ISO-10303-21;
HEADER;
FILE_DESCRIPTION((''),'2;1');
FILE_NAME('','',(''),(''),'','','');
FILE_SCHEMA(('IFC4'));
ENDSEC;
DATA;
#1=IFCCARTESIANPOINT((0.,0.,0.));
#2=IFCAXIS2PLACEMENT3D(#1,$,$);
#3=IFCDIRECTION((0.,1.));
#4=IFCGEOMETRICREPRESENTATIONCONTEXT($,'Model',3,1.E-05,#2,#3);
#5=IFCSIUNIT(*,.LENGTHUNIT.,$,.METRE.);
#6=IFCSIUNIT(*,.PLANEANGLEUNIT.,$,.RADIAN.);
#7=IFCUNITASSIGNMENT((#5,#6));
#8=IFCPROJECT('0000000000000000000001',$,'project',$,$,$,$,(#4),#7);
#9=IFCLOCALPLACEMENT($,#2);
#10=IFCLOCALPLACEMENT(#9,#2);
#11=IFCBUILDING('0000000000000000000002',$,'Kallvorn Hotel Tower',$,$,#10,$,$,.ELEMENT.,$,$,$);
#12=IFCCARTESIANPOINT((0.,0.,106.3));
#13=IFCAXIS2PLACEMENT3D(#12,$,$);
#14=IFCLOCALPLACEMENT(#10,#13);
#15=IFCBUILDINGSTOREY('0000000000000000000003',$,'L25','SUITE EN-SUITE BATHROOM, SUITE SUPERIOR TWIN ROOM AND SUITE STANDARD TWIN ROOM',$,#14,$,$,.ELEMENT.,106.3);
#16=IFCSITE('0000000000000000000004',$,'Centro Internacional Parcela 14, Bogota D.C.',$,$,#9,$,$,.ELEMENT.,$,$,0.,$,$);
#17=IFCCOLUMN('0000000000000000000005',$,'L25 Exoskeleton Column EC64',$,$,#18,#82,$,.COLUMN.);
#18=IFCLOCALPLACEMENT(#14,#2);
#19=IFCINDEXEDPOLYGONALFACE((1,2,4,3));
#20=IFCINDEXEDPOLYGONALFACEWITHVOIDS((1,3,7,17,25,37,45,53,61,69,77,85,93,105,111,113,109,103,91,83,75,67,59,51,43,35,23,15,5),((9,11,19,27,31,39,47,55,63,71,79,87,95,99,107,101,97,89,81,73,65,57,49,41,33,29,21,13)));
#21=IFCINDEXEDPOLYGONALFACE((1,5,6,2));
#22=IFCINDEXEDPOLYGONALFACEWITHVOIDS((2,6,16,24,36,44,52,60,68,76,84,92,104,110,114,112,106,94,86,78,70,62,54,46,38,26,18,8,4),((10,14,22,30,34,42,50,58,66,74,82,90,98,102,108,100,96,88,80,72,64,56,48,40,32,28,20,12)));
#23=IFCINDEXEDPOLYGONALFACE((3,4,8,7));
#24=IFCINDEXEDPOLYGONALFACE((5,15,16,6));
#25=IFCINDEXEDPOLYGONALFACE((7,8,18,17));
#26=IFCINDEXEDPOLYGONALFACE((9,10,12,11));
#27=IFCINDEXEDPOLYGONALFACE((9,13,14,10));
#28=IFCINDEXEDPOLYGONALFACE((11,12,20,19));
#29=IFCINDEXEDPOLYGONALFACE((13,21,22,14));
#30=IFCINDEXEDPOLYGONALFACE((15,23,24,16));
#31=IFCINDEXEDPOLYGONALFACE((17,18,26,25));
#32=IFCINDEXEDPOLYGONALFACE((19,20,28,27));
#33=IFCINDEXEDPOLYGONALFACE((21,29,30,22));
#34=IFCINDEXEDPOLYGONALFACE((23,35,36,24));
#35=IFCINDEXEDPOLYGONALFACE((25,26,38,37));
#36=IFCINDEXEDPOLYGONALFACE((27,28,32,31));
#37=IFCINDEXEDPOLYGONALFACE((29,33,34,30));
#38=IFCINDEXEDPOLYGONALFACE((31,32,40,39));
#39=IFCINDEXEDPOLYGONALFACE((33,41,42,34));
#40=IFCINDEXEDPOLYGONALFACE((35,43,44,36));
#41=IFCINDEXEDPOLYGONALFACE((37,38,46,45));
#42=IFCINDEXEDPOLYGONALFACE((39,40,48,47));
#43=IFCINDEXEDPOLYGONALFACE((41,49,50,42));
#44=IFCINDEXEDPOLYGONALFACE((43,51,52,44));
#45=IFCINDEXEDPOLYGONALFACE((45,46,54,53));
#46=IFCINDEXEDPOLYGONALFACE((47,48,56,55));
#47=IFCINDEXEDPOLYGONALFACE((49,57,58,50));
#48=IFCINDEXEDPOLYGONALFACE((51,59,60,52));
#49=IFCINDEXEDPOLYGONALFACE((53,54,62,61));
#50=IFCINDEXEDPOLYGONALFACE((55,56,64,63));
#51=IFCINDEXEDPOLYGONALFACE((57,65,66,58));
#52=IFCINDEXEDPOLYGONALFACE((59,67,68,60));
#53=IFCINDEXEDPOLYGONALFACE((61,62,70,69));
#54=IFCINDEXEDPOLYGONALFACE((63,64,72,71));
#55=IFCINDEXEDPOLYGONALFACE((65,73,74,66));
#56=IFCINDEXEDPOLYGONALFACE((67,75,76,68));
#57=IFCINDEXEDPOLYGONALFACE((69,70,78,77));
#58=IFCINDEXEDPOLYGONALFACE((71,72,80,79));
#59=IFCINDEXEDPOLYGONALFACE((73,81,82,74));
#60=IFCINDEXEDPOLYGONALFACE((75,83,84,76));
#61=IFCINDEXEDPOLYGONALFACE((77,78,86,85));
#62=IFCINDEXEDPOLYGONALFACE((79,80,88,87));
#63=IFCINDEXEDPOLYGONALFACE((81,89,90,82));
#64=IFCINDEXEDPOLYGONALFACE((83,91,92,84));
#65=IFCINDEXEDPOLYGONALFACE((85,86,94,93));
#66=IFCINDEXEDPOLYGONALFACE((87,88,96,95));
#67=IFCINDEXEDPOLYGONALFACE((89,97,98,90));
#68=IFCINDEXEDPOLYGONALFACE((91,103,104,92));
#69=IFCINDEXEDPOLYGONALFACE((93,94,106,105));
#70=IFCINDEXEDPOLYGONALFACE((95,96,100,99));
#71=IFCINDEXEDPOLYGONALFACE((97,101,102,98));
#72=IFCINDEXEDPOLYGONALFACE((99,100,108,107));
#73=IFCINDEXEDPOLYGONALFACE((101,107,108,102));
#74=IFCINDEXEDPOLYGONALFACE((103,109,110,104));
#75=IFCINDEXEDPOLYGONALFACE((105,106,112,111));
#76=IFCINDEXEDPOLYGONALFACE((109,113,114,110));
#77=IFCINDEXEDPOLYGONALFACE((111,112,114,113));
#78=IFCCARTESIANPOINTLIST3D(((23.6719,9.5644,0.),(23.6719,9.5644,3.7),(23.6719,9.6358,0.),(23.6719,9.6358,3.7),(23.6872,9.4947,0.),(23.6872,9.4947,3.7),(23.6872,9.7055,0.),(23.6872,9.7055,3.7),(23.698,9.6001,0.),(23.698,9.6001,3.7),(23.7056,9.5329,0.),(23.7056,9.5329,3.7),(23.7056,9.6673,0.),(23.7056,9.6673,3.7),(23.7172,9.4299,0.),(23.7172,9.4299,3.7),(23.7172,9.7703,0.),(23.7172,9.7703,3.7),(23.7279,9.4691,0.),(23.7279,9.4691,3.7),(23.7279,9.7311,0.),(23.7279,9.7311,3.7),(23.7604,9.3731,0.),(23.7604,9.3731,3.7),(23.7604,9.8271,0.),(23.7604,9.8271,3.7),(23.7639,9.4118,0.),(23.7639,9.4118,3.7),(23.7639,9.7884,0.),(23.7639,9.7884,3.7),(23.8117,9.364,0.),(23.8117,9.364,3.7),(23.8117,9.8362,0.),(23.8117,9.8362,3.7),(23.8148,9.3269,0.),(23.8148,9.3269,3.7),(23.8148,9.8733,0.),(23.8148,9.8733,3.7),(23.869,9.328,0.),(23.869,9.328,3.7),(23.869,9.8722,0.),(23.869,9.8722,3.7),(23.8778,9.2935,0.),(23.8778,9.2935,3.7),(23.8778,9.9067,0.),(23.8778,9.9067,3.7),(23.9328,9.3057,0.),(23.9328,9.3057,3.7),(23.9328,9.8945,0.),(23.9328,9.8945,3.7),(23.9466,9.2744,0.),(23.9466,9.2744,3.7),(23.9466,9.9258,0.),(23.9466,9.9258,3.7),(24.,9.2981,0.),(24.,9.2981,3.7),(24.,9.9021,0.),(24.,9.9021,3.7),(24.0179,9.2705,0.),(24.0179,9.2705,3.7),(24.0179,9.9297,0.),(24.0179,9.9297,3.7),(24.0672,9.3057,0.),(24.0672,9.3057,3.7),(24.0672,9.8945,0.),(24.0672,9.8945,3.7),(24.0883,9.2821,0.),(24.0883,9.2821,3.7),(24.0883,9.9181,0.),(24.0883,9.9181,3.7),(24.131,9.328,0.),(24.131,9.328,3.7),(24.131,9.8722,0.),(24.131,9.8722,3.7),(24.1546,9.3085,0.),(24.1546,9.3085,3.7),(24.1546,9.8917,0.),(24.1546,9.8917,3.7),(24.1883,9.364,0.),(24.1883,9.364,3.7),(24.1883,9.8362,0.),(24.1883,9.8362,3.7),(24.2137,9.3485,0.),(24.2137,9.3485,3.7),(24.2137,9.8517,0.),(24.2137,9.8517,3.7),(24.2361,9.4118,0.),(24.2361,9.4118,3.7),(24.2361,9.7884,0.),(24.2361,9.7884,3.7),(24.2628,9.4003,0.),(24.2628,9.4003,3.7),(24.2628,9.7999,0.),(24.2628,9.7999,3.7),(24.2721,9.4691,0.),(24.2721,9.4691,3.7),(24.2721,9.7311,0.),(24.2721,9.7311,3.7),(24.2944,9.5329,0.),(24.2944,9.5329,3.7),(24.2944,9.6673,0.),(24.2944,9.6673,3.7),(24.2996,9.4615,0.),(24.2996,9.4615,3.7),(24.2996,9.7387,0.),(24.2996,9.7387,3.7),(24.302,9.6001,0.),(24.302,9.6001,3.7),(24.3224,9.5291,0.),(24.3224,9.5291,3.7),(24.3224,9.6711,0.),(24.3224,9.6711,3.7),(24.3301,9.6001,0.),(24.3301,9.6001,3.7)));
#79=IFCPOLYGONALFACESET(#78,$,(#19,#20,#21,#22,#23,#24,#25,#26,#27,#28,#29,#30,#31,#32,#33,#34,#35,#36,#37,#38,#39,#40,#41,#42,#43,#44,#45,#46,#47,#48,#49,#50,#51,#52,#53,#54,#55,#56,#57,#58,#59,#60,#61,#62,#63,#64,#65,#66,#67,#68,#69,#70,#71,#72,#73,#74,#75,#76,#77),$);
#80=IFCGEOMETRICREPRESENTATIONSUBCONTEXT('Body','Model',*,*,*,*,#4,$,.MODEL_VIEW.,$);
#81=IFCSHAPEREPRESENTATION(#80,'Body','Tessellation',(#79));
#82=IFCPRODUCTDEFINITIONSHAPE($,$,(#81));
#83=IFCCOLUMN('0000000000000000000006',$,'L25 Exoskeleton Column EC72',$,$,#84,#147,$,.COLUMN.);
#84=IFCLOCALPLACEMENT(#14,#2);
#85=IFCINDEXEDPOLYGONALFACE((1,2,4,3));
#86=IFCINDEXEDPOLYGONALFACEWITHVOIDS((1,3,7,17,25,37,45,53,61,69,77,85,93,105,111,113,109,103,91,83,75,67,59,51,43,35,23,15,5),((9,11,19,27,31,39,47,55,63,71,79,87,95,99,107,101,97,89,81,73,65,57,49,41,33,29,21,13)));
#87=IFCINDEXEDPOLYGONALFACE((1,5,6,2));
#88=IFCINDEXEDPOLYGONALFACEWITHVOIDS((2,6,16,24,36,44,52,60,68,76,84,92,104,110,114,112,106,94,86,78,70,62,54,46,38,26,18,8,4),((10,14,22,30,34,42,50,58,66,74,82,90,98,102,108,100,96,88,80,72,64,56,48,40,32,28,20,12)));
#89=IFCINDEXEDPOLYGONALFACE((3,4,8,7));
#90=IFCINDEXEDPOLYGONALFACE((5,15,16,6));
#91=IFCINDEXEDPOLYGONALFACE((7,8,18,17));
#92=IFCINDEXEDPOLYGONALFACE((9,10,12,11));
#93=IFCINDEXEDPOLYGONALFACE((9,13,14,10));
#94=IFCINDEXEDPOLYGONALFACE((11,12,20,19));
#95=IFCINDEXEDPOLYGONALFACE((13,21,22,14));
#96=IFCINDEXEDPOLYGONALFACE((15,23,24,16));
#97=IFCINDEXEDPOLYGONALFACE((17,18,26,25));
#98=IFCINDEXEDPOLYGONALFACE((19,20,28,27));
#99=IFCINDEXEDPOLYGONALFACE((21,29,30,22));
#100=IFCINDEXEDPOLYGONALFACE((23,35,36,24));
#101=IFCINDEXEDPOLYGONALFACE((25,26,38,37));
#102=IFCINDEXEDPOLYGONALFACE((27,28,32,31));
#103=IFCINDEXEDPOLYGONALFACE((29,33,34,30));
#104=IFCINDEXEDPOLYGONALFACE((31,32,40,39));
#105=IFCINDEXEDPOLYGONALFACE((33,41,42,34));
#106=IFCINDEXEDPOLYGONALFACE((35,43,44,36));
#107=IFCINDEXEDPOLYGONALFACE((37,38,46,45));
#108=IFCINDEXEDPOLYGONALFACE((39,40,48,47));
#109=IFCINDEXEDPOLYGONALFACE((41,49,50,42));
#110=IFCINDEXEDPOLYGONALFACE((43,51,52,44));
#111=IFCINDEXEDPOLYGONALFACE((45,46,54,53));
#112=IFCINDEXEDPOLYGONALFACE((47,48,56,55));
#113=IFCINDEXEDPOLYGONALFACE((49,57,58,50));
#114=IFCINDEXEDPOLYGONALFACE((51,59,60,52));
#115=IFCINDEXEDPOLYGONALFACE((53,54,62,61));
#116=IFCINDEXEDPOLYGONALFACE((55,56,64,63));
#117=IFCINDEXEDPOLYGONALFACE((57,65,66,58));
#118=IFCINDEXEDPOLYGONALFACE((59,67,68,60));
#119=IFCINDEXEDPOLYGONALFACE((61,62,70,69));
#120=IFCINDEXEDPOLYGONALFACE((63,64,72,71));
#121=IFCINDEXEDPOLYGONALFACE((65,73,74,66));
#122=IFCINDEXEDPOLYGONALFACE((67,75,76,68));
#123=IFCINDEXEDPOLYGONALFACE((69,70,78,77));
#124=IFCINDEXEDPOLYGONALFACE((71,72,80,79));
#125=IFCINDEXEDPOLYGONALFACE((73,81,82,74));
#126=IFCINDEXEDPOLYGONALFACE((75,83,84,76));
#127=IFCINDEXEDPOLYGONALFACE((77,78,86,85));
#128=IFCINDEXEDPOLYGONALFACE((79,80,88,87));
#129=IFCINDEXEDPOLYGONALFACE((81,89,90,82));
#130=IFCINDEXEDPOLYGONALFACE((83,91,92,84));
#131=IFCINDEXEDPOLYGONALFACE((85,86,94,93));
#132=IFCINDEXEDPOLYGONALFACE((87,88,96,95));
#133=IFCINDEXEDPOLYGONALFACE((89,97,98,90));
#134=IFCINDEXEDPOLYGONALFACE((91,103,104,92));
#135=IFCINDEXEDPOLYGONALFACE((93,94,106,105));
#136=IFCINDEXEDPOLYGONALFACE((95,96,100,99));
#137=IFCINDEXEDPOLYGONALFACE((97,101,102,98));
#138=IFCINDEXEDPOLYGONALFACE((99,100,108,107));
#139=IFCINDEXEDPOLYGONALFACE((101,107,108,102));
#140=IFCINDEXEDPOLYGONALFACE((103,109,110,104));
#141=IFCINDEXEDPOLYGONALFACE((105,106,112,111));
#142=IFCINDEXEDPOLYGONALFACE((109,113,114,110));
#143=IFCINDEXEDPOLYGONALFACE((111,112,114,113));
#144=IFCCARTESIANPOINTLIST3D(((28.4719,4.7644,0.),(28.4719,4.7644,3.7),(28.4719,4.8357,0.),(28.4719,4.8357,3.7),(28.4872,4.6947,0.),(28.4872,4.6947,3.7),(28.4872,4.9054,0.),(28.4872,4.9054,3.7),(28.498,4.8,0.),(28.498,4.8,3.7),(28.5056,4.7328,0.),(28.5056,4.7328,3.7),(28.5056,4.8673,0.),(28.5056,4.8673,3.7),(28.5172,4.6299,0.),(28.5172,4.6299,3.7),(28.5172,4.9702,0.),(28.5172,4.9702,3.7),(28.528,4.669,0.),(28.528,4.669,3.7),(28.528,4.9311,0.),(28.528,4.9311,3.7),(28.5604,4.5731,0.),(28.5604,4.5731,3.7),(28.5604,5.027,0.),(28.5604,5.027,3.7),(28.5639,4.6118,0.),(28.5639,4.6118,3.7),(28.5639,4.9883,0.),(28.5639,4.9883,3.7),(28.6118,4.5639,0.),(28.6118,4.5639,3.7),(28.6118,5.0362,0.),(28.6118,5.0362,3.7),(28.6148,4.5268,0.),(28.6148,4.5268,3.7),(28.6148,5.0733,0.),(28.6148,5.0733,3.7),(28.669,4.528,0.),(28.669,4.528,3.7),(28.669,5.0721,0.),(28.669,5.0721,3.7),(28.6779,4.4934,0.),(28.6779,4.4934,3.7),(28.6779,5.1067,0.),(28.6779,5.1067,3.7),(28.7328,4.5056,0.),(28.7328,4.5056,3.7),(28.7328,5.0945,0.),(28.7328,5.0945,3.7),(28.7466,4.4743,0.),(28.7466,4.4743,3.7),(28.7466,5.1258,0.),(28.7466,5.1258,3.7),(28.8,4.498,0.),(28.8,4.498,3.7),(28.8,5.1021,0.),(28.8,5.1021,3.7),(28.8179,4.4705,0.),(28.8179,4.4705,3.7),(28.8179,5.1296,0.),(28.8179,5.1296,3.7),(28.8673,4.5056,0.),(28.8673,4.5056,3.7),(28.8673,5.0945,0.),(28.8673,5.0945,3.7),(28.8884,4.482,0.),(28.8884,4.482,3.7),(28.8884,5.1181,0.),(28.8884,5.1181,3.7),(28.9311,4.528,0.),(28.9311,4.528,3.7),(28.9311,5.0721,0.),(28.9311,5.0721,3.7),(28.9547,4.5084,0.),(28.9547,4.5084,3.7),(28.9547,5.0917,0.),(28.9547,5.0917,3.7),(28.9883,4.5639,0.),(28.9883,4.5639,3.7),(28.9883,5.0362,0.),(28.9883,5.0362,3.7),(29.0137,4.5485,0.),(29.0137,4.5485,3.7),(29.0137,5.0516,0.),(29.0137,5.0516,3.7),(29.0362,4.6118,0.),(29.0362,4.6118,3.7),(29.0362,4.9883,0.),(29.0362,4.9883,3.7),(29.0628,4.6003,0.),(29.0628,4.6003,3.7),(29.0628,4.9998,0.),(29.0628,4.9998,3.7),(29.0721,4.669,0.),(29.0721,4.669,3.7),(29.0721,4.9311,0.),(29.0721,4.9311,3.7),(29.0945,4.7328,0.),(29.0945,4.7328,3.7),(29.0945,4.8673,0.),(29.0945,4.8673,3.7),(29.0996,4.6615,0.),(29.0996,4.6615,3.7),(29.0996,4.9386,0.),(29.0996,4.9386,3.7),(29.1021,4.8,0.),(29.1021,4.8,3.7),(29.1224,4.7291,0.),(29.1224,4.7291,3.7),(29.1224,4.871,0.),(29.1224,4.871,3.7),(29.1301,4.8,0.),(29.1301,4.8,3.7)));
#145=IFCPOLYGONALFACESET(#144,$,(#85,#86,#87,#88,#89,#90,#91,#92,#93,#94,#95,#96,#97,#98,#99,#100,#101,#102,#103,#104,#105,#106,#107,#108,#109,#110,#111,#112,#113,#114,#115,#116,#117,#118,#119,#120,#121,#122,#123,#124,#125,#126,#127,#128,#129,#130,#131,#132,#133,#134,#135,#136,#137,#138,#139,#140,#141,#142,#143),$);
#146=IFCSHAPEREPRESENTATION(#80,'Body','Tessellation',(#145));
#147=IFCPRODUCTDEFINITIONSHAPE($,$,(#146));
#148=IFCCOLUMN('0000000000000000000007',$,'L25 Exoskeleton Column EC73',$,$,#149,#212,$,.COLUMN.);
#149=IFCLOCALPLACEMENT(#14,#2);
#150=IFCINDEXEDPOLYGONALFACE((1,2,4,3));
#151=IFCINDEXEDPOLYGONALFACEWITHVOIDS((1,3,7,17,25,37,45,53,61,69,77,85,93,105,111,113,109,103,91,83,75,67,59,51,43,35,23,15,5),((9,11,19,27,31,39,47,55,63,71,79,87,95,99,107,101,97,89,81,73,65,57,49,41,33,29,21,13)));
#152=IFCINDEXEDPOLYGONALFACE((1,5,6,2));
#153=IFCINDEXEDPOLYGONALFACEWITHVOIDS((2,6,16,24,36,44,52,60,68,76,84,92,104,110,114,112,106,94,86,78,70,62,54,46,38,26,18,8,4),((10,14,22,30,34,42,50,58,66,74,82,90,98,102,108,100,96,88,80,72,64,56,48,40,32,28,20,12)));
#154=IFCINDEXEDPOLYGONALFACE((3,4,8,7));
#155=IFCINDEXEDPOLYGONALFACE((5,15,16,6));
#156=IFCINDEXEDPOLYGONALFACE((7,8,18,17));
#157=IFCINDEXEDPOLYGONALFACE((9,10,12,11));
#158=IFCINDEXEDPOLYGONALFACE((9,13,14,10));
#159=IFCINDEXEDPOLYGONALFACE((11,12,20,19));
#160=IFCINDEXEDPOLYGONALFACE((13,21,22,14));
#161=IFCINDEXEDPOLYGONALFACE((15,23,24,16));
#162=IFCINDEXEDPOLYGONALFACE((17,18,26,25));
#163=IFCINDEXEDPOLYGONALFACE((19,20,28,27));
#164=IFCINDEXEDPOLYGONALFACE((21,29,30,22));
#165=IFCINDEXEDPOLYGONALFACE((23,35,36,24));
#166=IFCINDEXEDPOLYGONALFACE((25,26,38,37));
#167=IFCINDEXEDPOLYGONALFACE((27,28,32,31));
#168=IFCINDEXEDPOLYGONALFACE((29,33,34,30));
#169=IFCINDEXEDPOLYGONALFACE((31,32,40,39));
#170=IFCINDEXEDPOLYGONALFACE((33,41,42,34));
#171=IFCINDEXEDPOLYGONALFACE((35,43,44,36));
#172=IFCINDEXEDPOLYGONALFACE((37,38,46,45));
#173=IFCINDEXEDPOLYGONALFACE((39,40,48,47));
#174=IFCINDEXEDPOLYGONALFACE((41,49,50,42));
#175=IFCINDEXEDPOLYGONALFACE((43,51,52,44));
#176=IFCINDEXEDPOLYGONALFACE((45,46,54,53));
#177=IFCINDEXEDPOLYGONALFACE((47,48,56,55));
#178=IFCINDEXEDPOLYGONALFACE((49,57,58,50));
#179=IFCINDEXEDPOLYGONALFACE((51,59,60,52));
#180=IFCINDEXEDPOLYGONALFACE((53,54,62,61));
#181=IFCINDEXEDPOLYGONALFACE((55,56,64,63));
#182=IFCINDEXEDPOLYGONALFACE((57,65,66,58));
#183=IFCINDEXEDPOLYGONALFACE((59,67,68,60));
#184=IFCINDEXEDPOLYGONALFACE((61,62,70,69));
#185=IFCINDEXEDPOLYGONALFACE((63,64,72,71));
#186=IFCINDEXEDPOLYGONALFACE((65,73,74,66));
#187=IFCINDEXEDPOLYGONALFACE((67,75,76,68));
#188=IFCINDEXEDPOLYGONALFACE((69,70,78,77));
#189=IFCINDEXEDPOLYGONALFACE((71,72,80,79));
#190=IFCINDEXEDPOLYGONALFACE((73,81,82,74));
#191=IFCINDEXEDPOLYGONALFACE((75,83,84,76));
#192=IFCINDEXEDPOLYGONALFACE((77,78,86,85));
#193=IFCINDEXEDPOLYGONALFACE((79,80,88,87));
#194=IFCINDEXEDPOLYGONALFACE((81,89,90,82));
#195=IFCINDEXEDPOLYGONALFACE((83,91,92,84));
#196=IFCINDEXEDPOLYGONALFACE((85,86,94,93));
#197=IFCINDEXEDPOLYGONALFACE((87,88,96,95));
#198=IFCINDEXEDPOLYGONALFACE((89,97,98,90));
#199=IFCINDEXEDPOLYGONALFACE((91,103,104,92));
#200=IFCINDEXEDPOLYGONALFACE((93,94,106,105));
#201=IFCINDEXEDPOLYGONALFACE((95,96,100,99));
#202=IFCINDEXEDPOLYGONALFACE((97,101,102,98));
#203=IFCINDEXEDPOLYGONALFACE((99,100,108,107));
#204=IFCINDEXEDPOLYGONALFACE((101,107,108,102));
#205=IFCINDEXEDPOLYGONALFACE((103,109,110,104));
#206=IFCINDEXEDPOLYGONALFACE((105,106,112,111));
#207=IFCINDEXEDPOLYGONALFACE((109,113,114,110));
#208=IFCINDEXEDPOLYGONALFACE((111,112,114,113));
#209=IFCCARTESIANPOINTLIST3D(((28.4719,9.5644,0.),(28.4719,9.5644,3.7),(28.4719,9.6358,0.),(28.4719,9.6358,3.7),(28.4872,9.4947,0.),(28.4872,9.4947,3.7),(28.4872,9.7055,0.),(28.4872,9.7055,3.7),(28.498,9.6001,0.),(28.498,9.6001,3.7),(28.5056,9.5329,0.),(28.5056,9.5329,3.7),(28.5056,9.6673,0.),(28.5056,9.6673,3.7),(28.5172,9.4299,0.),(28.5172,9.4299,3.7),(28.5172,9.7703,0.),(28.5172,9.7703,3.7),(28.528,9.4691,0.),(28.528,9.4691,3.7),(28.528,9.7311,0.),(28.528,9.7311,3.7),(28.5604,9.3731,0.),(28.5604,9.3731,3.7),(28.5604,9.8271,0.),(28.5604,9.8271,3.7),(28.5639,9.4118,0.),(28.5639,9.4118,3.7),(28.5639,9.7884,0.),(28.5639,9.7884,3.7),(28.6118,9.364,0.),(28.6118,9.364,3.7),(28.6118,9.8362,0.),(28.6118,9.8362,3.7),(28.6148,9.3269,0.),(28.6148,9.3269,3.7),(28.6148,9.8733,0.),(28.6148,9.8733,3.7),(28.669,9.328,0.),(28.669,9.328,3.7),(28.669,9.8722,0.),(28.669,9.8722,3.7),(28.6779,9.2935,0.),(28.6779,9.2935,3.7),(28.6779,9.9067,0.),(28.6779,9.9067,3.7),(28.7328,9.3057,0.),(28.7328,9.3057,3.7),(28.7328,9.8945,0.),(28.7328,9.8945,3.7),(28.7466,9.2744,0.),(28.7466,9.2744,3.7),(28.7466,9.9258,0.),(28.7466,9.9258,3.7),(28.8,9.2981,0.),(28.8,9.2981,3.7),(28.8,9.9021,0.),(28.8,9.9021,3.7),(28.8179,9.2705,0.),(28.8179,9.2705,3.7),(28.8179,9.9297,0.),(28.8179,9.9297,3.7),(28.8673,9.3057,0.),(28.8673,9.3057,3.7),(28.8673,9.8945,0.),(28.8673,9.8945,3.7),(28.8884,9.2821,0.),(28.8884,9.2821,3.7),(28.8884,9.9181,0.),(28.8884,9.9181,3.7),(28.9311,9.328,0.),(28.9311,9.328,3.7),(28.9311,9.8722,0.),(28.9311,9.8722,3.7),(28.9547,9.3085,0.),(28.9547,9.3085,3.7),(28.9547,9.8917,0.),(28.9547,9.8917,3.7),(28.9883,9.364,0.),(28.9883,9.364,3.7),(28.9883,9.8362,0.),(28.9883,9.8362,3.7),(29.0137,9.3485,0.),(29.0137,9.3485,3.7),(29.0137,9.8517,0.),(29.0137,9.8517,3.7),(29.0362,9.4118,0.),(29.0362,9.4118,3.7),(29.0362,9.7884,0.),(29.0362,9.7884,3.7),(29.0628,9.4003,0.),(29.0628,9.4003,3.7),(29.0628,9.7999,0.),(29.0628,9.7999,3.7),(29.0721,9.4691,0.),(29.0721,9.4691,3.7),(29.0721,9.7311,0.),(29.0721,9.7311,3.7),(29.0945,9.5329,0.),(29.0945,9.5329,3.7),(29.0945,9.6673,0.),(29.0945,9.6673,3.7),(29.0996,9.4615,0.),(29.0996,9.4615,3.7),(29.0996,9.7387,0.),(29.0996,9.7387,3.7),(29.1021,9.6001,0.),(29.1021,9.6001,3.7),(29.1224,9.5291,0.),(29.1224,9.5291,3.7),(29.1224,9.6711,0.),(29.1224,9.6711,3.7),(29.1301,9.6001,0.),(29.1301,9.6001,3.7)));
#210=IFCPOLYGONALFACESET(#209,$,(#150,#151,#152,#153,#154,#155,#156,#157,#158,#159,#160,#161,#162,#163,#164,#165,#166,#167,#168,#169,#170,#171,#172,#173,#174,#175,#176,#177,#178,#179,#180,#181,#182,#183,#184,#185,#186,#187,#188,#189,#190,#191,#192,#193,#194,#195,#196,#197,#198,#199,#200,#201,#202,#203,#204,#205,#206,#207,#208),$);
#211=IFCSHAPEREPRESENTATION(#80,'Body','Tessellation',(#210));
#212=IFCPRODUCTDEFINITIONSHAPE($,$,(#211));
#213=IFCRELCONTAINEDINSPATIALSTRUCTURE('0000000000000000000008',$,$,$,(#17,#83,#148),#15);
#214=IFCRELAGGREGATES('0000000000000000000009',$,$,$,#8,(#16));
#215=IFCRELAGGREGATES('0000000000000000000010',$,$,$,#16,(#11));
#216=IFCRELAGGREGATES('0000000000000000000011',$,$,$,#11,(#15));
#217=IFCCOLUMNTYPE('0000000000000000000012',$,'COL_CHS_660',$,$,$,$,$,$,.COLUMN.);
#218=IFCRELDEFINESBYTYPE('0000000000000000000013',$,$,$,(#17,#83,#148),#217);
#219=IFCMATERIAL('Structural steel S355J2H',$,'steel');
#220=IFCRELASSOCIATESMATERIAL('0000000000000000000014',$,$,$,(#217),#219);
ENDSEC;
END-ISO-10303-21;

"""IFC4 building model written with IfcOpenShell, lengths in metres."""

from ifc_helpers import new_model, si_unit, direction, frame, origin, origin_2d, place, context, subcontext, project, spatial, hollow_circle, extrude, material, material_profile, profile_set, type_object, element, save


model = new_model("IFC4")

# Units and contexts
model_context = context("Model", 3, precision=1e-05, world=origin(), true_north=direction((0.0, 1.0)))
body_context = subcontext(model_context, "Body", "Model", "MODEL_VIEW")
ifc_project = project(units=[si_unit("LENGTHUNIT", "METRE"), si_unit("PLANEANGLEUNIT", "RADIAN")], contexts=[model_context])

# Site, building, storey
site_placement = place(None, origin())
site = spatial("IfcSite", under=ifc_project, at=site_placement, Name="Centro Internacional Parcela 14, Bogota D.C.", CompositionType="ELEMENT", RefElevation=0.0)
building_placement = place(site_placement, origin())
building = spatial("IfcBuilding", under=site, at=building_placement, Name="Kallvorn Hotel Tower", CompositionType="ELEMENT")
storey_placement = place(building_placement, frame((0.0, 0.0, 106.3)))
storey = spatial("IfcBuildingStorey", under=building, at=storey_placement, Name="L25", Description="SUITE EN-SUITE BATHROOM, SUITE SUPERIOR TWIN ROOM AND SUITE STANDARD TWIN ROOM", CompositionType="ELEMENT", Elevation=106.3)

# Columns
ifc_material_1 = material(Name="Structural steel S355J2H", Category="steel")
ifc_material_profile_1 = material_profile(ifc_material_1, hollow_circle(Radius=0.3301, WallThickness=0.0281, at=origin_2d()), Name="CHS 660x28")
ifc_profile_set_1 = profile_set([ifc_material_profile_1], Name="Structural steel S355J2H")
column_type_1 = type_object("IfcColumnType", Name="COL_CHS_660", PredefinedType="COLUMN", material=ifc_profile_set_1)
for number, where, z_axis, x_axis, name in (
    (1, (24.0, 9.6001, 0.0), (0.0, 0.0, 1.0), (1.0, 0.0, 0.0), "L25 Exoskeleton Column EC64"),
    (2, (28.8, 4.8, 0.0), (0.0, 0.0, 1.0), (1.0, 0.0, 0.0), "L25 Exoskeleton Column EC72"),
    (3, (28.8, 9.6001, 0.0), (0.0, 0.0, 1.0), (1.0, 0.0, 0.0), "L25 Exoskeleton Column EC73"),
):
    element("IfcColumn", number, at=place(storey_placement, frame(where, z_axis=z_axis, x_axis=x_axis)), inside=storey, type_object=column_type_1, Name=name, PredefinedType="COLUMN", context=body_context, shape_type="SweptSolid", body=[
        extrude(hollow_circle(Radius=0.3301, WallThickness=0.0281, at=origin_2d()), origin(), (0.0, 0.0, 1.0), 3.7),
    ])

save(model, "model.ifc")
